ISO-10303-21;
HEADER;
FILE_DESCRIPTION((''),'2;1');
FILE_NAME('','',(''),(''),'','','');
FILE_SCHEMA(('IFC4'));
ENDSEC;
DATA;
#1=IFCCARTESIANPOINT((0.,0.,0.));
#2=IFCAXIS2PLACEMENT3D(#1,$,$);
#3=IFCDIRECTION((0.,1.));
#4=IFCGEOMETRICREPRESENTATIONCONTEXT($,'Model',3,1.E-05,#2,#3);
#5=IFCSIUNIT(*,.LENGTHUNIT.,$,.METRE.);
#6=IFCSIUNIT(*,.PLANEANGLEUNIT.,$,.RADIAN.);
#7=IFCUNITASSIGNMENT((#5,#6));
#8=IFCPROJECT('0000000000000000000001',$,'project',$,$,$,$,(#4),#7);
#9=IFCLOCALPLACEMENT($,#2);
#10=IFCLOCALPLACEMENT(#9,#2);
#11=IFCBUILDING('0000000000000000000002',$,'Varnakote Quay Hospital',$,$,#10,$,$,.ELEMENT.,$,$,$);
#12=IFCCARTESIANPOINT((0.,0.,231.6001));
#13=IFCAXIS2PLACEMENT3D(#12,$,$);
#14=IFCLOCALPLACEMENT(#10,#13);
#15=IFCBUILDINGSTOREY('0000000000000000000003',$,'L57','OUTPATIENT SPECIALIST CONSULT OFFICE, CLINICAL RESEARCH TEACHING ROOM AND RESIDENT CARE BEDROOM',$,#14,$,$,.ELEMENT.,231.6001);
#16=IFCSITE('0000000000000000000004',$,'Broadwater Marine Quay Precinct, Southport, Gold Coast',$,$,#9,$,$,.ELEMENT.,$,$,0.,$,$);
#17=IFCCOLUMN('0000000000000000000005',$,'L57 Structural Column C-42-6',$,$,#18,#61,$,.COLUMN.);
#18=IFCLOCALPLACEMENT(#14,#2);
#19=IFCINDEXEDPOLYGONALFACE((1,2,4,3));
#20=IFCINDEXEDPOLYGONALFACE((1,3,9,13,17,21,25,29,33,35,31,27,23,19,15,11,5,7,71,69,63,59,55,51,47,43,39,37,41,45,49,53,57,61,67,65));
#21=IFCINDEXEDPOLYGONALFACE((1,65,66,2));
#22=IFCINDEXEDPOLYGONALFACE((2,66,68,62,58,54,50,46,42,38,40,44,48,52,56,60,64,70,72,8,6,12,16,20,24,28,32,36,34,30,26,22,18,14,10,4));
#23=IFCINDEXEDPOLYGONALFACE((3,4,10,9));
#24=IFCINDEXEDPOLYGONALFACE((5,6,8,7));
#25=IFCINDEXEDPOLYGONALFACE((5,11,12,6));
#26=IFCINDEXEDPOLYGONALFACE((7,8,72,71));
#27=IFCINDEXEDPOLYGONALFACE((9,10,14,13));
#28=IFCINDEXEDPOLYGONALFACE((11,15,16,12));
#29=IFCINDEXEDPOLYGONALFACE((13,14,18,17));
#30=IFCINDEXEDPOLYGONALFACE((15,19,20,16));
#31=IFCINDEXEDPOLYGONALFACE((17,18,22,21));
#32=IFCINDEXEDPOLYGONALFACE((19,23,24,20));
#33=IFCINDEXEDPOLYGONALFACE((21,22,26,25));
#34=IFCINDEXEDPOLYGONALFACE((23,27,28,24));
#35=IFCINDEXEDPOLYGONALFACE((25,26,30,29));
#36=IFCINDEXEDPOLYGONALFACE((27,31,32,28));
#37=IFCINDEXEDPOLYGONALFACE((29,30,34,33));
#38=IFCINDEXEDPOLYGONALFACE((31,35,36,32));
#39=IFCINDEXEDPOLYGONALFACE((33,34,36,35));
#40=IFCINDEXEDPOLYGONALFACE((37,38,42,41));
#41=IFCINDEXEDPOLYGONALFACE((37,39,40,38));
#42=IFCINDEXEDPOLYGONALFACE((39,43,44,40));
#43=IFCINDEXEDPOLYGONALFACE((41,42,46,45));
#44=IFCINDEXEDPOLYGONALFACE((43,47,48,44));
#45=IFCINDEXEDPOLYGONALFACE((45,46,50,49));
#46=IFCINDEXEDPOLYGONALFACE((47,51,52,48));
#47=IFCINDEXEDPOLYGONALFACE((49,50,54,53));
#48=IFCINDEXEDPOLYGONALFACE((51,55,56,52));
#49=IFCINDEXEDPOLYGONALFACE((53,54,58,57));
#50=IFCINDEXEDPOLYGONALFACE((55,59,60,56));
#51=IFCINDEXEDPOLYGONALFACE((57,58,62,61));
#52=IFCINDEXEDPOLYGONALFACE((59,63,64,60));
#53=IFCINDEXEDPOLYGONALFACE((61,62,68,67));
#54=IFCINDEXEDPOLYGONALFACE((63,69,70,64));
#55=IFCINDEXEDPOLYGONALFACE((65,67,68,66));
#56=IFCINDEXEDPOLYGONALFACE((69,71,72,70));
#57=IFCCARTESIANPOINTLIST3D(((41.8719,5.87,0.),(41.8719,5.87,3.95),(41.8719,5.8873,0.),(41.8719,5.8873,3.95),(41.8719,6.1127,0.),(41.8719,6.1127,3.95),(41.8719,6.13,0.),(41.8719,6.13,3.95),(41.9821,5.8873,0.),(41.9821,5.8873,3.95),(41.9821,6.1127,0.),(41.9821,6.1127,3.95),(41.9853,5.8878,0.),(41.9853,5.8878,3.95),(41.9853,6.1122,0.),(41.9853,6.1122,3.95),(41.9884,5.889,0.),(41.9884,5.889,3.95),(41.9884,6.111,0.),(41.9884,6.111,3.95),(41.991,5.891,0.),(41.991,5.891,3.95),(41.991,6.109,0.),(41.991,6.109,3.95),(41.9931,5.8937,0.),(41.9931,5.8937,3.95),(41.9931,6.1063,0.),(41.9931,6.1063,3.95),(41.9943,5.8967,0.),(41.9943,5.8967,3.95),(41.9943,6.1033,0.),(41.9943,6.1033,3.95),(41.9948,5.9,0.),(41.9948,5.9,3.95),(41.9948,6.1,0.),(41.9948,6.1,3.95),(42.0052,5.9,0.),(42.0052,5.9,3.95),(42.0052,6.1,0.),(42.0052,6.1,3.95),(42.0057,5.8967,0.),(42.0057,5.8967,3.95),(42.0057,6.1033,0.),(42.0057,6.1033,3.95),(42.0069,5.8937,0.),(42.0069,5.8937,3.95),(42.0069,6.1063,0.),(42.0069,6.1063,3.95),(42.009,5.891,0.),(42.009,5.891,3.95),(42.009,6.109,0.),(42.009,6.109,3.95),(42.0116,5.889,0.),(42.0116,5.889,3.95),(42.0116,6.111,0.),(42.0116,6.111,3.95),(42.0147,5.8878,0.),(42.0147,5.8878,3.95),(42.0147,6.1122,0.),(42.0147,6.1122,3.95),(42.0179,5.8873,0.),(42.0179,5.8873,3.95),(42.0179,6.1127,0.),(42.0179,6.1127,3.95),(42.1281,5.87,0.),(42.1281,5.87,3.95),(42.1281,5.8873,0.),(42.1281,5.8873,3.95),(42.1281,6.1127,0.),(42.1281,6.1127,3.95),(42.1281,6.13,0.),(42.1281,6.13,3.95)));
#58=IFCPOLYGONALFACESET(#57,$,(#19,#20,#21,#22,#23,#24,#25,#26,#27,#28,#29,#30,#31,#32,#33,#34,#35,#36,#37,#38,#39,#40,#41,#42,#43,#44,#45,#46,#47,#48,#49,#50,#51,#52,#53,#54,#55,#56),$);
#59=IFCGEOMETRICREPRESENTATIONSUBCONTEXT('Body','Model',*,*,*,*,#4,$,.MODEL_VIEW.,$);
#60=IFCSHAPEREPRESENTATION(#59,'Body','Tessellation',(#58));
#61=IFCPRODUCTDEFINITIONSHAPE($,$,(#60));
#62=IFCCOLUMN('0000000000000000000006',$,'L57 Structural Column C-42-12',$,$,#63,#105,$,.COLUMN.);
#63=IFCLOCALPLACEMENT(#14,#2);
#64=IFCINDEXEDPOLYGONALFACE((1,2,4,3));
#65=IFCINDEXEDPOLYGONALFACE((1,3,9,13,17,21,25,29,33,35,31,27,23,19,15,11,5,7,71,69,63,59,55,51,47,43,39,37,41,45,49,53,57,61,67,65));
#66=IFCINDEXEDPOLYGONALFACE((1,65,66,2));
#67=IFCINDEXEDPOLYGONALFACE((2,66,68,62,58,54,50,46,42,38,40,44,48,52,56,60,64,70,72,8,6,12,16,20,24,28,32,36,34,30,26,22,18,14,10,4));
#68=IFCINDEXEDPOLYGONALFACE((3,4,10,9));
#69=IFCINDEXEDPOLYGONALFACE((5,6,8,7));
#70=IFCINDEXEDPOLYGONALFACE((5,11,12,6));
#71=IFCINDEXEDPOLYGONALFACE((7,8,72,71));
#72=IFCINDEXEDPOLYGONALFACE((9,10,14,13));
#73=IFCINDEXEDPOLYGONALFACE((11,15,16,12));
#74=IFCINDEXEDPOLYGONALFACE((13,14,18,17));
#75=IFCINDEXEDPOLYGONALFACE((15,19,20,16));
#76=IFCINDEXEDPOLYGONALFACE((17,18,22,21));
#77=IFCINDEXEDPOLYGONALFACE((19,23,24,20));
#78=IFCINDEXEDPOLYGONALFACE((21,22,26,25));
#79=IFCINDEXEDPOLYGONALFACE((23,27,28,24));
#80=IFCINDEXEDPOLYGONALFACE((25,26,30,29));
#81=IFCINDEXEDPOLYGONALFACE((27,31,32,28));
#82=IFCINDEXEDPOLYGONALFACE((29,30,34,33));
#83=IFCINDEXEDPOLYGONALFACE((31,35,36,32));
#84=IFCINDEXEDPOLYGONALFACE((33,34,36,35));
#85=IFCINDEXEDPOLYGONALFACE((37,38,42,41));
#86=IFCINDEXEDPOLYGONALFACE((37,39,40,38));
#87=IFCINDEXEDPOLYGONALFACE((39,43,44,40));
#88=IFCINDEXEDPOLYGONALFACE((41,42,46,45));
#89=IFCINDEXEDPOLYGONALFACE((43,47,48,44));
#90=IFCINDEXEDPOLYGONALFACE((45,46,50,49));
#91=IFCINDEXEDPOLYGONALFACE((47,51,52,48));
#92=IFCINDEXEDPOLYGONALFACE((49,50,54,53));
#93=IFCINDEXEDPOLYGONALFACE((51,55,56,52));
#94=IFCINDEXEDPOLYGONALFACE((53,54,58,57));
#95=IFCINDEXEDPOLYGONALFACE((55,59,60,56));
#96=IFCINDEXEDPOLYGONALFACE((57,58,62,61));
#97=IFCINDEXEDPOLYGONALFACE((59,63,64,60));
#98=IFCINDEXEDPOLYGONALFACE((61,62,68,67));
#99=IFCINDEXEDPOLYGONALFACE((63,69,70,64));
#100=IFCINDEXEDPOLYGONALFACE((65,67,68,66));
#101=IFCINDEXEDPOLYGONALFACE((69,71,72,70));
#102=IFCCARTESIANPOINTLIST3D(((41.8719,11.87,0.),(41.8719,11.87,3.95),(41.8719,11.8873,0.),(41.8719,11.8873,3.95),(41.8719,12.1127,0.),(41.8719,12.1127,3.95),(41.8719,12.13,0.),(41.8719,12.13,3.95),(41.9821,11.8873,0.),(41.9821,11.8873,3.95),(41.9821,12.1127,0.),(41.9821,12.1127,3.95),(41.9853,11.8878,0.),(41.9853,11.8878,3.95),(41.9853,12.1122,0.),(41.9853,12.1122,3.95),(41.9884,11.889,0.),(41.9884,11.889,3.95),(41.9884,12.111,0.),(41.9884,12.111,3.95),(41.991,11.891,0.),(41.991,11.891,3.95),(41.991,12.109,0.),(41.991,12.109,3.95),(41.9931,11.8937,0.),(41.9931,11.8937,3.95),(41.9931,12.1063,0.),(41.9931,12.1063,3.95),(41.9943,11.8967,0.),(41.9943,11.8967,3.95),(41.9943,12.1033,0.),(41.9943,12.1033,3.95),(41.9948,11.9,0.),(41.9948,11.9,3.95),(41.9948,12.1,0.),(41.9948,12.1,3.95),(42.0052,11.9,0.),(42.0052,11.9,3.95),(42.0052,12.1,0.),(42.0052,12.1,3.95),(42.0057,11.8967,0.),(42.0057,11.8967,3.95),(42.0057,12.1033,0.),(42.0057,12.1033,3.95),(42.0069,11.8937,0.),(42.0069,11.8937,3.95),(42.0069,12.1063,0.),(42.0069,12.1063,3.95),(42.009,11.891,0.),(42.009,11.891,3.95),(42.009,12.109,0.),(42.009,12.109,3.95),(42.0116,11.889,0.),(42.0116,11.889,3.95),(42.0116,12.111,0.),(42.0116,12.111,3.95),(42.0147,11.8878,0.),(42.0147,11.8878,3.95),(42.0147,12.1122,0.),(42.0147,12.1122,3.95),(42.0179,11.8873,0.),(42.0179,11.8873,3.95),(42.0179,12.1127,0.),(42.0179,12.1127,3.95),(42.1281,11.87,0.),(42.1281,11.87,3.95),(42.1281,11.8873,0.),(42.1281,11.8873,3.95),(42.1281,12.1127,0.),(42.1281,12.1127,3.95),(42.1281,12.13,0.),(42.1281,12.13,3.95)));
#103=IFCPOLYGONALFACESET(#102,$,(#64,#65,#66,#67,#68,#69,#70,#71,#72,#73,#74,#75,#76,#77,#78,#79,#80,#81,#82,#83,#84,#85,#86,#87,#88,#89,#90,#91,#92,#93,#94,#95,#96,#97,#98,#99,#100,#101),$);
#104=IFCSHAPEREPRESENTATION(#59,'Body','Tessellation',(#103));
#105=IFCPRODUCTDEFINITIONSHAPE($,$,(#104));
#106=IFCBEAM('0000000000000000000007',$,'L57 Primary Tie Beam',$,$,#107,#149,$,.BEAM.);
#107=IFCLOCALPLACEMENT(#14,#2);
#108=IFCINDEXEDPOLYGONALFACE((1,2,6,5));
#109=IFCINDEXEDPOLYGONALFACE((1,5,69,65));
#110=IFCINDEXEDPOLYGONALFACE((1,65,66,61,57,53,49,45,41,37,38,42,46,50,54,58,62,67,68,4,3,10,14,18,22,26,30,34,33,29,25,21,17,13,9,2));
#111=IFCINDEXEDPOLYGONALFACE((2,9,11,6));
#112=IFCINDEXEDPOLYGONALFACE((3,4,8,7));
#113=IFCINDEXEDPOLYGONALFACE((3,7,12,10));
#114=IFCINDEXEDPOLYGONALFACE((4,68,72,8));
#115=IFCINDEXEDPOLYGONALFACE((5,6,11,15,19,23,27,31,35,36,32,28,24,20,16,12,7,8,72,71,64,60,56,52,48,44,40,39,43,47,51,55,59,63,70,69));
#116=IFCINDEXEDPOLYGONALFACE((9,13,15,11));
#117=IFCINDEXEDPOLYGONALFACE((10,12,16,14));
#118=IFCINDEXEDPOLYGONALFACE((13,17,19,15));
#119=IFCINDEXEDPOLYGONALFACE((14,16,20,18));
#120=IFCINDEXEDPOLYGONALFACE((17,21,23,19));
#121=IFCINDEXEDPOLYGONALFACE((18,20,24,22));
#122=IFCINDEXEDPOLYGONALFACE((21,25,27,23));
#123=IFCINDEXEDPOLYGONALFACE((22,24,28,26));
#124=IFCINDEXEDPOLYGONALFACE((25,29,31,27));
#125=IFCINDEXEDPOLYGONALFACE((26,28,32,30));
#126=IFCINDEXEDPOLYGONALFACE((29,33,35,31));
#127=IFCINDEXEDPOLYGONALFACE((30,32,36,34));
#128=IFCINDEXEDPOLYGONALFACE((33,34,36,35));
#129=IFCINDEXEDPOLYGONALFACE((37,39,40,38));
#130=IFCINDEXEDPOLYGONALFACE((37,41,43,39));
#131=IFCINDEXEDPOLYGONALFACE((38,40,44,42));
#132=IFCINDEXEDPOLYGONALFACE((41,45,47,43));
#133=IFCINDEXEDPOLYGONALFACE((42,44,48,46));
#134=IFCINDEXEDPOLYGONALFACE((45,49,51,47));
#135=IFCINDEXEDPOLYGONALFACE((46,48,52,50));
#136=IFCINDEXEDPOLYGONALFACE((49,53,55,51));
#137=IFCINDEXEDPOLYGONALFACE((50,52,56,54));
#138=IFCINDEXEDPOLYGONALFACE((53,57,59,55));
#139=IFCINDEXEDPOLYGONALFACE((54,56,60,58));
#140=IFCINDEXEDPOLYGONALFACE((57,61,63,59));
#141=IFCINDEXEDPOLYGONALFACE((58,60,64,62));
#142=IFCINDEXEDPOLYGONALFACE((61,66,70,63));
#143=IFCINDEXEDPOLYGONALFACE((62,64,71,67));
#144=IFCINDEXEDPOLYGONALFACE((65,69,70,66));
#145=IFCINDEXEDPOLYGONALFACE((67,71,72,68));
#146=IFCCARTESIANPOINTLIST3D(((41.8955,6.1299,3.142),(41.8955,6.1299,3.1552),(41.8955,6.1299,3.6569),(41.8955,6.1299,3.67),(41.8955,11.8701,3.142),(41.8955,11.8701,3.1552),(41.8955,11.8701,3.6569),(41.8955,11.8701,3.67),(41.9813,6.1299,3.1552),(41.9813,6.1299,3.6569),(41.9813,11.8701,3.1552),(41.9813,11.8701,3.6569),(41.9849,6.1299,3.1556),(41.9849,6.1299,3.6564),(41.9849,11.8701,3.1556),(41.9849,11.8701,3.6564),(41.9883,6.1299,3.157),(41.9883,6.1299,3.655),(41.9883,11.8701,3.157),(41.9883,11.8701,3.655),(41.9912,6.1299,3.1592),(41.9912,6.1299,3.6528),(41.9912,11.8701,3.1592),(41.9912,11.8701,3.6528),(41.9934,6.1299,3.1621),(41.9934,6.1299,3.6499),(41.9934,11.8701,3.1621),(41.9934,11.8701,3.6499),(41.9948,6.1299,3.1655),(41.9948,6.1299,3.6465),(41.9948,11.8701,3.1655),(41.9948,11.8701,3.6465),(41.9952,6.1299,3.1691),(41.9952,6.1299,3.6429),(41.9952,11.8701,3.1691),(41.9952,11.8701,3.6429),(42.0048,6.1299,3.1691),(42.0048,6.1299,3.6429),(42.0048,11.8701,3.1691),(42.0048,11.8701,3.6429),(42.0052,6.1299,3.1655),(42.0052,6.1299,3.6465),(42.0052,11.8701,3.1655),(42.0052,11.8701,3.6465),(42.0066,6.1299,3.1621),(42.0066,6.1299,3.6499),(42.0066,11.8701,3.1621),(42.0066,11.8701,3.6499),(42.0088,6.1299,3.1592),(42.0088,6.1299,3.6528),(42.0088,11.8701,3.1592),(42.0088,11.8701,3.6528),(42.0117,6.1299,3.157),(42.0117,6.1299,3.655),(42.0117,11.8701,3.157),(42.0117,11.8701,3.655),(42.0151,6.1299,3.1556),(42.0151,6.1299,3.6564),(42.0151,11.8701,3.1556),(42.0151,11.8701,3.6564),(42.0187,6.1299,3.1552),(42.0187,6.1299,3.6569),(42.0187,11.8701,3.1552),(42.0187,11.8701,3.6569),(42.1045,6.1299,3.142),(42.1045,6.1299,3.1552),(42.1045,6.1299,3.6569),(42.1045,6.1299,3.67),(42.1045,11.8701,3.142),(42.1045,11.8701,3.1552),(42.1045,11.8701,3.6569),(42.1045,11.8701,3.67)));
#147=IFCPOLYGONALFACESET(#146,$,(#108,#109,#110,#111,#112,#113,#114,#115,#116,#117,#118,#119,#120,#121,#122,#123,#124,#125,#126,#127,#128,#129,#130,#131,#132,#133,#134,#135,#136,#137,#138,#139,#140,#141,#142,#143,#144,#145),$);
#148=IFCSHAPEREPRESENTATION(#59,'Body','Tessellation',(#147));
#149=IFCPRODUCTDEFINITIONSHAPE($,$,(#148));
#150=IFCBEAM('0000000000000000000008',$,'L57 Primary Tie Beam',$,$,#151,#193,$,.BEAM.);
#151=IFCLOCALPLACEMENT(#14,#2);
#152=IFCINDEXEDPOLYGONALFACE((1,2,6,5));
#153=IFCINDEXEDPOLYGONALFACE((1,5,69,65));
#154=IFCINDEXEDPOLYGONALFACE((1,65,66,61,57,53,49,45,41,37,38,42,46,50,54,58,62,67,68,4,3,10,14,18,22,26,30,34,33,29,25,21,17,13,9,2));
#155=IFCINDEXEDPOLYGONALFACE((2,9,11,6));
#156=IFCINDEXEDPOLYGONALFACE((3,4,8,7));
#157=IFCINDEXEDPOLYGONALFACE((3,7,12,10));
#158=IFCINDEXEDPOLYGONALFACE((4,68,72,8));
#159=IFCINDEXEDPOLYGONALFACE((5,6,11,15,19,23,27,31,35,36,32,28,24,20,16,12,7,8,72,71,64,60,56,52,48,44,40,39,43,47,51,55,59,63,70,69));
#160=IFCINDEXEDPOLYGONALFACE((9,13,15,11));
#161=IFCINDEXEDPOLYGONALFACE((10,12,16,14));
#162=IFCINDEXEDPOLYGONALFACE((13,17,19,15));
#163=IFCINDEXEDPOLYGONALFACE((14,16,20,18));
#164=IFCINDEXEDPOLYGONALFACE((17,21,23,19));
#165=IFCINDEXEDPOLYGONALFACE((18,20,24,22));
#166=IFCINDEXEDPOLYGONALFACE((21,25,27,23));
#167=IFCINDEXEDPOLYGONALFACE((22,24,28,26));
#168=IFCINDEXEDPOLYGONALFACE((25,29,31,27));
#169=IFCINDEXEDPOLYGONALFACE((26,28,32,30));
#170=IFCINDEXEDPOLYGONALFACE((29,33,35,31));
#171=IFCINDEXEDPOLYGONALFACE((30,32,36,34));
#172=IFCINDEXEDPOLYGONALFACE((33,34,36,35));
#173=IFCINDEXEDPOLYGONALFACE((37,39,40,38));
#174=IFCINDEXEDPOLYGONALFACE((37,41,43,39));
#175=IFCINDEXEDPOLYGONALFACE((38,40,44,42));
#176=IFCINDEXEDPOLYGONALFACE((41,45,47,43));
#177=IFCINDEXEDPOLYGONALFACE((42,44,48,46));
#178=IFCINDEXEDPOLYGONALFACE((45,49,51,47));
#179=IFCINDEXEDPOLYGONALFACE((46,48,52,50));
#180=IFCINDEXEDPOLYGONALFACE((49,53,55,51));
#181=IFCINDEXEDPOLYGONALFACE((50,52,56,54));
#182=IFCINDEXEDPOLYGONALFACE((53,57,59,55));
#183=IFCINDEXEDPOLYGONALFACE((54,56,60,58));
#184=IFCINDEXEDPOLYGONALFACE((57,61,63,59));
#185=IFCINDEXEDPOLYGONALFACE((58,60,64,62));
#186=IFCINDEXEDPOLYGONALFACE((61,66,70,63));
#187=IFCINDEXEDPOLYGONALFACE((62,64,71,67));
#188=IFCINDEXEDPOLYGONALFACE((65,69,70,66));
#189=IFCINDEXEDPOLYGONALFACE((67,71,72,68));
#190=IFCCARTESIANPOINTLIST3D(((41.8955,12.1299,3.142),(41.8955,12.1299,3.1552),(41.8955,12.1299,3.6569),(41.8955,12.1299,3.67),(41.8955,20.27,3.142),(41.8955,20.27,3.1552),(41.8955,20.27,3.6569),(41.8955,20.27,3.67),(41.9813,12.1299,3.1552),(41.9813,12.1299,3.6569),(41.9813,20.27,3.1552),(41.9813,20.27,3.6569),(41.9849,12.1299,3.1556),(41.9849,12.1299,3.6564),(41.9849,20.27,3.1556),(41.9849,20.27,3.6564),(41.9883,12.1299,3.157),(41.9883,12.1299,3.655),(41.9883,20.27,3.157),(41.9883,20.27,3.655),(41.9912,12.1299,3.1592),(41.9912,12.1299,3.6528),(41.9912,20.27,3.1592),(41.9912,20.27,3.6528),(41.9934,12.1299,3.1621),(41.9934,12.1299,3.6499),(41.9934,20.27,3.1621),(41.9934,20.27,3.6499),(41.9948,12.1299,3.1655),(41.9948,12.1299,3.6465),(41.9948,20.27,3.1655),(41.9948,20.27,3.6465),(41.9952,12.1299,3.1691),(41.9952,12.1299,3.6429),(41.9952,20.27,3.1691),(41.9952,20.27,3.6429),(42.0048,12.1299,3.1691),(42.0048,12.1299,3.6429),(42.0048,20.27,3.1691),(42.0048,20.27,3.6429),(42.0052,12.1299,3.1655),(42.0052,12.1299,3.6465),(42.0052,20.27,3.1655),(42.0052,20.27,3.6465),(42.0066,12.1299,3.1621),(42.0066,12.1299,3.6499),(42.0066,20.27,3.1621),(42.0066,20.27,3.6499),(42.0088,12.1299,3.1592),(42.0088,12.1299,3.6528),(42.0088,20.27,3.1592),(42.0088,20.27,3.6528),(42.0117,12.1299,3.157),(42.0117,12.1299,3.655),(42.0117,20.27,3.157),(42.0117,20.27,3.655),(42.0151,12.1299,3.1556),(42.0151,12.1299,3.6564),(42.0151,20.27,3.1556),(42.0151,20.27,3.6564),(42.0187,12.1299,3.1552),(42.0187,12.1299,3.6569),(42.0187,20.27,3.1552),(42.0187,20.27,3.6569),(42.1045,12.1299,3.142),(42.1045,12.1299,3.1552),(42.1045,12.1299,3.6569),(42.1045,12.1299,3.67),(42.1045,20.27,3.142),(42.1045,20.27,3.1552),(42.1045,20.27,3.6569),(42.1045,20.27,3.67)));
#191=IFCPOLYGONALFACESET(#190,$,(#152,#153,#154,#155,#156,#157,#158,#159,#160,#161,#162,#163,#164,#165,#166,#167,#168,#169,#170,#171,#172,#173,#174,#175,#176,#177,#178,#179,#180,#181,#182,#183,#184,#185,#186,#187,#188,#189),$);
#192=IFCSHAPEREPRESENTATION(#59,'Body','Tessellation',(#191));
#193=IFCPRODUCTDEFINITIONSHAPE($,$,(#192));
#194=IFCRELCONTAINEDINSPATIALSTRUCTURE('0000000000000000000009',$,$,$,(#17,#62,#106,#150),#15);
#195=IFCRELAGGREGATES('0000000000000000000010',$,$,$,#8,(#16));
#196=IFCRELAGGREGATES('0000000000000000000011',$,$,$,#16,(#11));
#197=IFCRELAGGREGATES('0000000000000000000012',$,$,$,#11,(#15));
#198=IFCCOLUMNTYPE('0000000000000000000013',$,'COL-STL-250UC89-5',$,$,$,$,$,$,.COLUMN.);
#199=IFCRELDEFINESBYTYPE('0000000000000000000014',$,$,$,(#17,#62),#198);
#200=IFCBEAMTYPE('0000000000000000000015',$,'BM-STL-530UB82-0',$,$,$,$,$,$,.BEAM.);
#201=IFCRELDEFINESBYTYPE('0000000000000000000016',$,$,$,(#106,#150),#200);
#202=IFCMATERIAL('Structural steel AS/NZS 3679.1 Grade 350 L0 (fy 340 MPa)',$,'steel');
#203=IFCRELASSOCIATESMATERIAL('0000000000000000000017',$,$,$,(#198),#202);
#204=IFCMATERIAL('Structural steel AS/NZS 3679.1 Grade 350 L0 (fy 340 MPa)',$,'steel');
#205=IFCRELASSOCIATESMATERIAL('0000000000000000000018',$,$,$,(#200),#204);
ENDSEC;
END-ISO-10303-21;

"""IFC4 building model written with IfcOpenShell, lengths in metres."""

from ifc_helpers import new_model, si_unit, direction, frame, origin, origin_2d, place, context, subcontext, project, spatial, i_section, extrude, material, material_profile, profile_set, type_object, element, save


model = new_model("IFC4")

# Units and contexts
model_context = context("Model", 3, precision=1e-05, world=origin(), true_north=direction((0.0, 1.0)))
body_context = subcontext(model_context, "Body", "Model", "MODEL_VIEW")
ifc_project = project(units=[si_unit("LENGTHUNIT", "METRE"), si_unit("PLANEANGLEUNIT", "RADIAN")], contexts=[model_context])

# Site, building, storey
site_placement = place(None, origin())
site = spatial("IfcSite", under=ifc_project, at=site_placement, Name="Broadwater Marine Quay Precinct, Southport, Gold Coast", CompositionType="ELEMENT", RefElevation=0.0)
building_placement = place(site_placement, origin())
building = spatial("IfcBuilding", under=site, at=building_placement, Name="Varnakote Quay Hospital", CompositionType="ELEMENT")
storey_placement = place(building_placement, frame((0.0, 0.0, 231.6001)))
storey = spatial("IfcBuildingStorey", under=building, at=storey_placement, Name="L57", Description="OUTPATIENT SPECIALIST CONSULT OFFICE, CLINICAL RESEARCH TEACHING ROOM AND RESIDENT CARE BEDROOM", CompositionType="ELEMENT", Elevation=231.6001)

# Columns
ifc_material_1 = material(Name="Structural steel AS/NZS 3679.1 Grade 350 L0 (fy 340 MPa)", Category="steel")
ifc_material_profile_1 = material_profile(ifc_material_1, i_section(OverallWidth=0.2561, OverallDepth=0.26, WebThickness=0.0105, FlangeThickness=0.0173, FilletRadius=0.0127, at=origin_2d()), Name="250UC89.5")
ifc_profile_set_1 = profile_set([ifc_material_profile_1], Name="Structural steel AS/NZS 3679.1 Grade 350 L0 (fy 340 MPa)")
column_type = type_object("IfcColumnType", Name="COL-STL-250UC89-5", PredefinedType="COLUMN", material=ifc_profile_set_1)
for number, where, z_axis, x_axis, name in (
    (1, (42.0, 6.0, 0.0), (0.0, 0.0, 1.0), (1.0, 0.0, 0.0), "L57 Structural Column C-42-6"),
    (2, (42.0, 12.0, 0.0), (0.0, 0.0, 1.0), (1.0, 0.0, 0.0), "L57 Structural Column C-42-12"),
):
    element("IfcColumn", number, at=place(storey_placement, frame(where, z_axis=z_axis, x_axis=x_axis)), inside=storey, type_object=column_type, Name=name, PredefinedType="COLUMN", context=body_context, shape_type="SweptSolid", body=[
        extrude(i_section(OverallWidth=0.2561, OverallDepth=0.26, WebThickness=0.0105, FlangeThickness=0.0173, FilletRadius=0.0127, at=origin_2d()), origin(), (0.0, 0.0, 1.0), 3.95),
    ])

# Beams
ifc_material_2 = material(Name="Structural steel AS/NZS 3679.1 Grade 350 L0 (fy 340 MPa)", Category="steel")
ifc_material_profile_2 = material_profile(ifc_material_2, i_section(OverallWidth=0.209, OverallDepth=0.5281, WebThickness=0.0095, FlangeThickness=0.0132, FilletRadius=0.0139, at=origin_2d()), Name="530UB82.0")
ifc_profile_set_2 = profile_set([ifc_material_profile_2], Name="Structural steel AS/NZS 3679.1 Grade 350 L0 (fy 340 MPa)")
beam_type = type_object("IfcBeamType", Name="BM-STL-530UB82-0", PredefinedType="BEAM", material=ifc_profile_set_2)
beam_1_placement = place(storey_placement, frame((42.0, 6.1299, 3.406), z_axis=(0.0, 1.0, 0.0), x_axis=(-1.0, 0.0, 0.0)))
element("IfcBeam", 3, at=beam_1_placement, inside=storey, type_object=beam_type, Name="L57 Primary Tie Beam", PredefinedType="BEAM", context=body_context, shape_type="SweptSolid", body=[
    extrude(i_section(OverallWidth=0.209, OverallDepth=0.5281, WebThickness=0.0095, FlangeThickness=0.0132, FilletRadius=0.0139, at=origin_2d()), origin(), (0.0, 0.0, 1.0), 5.7402),
])
beam_2_placement = place(storey_placement, frame((42.0, 12.1299, 3.406), z_axis=(0.0, 1.0, 0.0), x_axis=(-1.0, 0.0, 0.0)))
element("IfcBeam", 4, at=beam_2_placement, inside=storey, type_object=beam_type, Name="L57 Primary Tie Beam", PredefinedType="BEAM", context=body_context, shape_type="SweptSolid", body=[
    extrude(i_section(OverallWidth=0.209, OverallDepth=0.5281, WebThickness=0.0095, FlangeThickness=0.0132, FilletRadius=0.0139, at=origin_2d()), origin(), (0.0, 0.0, 1.0), 8.1401),
])

save(model, "model.ifc")
